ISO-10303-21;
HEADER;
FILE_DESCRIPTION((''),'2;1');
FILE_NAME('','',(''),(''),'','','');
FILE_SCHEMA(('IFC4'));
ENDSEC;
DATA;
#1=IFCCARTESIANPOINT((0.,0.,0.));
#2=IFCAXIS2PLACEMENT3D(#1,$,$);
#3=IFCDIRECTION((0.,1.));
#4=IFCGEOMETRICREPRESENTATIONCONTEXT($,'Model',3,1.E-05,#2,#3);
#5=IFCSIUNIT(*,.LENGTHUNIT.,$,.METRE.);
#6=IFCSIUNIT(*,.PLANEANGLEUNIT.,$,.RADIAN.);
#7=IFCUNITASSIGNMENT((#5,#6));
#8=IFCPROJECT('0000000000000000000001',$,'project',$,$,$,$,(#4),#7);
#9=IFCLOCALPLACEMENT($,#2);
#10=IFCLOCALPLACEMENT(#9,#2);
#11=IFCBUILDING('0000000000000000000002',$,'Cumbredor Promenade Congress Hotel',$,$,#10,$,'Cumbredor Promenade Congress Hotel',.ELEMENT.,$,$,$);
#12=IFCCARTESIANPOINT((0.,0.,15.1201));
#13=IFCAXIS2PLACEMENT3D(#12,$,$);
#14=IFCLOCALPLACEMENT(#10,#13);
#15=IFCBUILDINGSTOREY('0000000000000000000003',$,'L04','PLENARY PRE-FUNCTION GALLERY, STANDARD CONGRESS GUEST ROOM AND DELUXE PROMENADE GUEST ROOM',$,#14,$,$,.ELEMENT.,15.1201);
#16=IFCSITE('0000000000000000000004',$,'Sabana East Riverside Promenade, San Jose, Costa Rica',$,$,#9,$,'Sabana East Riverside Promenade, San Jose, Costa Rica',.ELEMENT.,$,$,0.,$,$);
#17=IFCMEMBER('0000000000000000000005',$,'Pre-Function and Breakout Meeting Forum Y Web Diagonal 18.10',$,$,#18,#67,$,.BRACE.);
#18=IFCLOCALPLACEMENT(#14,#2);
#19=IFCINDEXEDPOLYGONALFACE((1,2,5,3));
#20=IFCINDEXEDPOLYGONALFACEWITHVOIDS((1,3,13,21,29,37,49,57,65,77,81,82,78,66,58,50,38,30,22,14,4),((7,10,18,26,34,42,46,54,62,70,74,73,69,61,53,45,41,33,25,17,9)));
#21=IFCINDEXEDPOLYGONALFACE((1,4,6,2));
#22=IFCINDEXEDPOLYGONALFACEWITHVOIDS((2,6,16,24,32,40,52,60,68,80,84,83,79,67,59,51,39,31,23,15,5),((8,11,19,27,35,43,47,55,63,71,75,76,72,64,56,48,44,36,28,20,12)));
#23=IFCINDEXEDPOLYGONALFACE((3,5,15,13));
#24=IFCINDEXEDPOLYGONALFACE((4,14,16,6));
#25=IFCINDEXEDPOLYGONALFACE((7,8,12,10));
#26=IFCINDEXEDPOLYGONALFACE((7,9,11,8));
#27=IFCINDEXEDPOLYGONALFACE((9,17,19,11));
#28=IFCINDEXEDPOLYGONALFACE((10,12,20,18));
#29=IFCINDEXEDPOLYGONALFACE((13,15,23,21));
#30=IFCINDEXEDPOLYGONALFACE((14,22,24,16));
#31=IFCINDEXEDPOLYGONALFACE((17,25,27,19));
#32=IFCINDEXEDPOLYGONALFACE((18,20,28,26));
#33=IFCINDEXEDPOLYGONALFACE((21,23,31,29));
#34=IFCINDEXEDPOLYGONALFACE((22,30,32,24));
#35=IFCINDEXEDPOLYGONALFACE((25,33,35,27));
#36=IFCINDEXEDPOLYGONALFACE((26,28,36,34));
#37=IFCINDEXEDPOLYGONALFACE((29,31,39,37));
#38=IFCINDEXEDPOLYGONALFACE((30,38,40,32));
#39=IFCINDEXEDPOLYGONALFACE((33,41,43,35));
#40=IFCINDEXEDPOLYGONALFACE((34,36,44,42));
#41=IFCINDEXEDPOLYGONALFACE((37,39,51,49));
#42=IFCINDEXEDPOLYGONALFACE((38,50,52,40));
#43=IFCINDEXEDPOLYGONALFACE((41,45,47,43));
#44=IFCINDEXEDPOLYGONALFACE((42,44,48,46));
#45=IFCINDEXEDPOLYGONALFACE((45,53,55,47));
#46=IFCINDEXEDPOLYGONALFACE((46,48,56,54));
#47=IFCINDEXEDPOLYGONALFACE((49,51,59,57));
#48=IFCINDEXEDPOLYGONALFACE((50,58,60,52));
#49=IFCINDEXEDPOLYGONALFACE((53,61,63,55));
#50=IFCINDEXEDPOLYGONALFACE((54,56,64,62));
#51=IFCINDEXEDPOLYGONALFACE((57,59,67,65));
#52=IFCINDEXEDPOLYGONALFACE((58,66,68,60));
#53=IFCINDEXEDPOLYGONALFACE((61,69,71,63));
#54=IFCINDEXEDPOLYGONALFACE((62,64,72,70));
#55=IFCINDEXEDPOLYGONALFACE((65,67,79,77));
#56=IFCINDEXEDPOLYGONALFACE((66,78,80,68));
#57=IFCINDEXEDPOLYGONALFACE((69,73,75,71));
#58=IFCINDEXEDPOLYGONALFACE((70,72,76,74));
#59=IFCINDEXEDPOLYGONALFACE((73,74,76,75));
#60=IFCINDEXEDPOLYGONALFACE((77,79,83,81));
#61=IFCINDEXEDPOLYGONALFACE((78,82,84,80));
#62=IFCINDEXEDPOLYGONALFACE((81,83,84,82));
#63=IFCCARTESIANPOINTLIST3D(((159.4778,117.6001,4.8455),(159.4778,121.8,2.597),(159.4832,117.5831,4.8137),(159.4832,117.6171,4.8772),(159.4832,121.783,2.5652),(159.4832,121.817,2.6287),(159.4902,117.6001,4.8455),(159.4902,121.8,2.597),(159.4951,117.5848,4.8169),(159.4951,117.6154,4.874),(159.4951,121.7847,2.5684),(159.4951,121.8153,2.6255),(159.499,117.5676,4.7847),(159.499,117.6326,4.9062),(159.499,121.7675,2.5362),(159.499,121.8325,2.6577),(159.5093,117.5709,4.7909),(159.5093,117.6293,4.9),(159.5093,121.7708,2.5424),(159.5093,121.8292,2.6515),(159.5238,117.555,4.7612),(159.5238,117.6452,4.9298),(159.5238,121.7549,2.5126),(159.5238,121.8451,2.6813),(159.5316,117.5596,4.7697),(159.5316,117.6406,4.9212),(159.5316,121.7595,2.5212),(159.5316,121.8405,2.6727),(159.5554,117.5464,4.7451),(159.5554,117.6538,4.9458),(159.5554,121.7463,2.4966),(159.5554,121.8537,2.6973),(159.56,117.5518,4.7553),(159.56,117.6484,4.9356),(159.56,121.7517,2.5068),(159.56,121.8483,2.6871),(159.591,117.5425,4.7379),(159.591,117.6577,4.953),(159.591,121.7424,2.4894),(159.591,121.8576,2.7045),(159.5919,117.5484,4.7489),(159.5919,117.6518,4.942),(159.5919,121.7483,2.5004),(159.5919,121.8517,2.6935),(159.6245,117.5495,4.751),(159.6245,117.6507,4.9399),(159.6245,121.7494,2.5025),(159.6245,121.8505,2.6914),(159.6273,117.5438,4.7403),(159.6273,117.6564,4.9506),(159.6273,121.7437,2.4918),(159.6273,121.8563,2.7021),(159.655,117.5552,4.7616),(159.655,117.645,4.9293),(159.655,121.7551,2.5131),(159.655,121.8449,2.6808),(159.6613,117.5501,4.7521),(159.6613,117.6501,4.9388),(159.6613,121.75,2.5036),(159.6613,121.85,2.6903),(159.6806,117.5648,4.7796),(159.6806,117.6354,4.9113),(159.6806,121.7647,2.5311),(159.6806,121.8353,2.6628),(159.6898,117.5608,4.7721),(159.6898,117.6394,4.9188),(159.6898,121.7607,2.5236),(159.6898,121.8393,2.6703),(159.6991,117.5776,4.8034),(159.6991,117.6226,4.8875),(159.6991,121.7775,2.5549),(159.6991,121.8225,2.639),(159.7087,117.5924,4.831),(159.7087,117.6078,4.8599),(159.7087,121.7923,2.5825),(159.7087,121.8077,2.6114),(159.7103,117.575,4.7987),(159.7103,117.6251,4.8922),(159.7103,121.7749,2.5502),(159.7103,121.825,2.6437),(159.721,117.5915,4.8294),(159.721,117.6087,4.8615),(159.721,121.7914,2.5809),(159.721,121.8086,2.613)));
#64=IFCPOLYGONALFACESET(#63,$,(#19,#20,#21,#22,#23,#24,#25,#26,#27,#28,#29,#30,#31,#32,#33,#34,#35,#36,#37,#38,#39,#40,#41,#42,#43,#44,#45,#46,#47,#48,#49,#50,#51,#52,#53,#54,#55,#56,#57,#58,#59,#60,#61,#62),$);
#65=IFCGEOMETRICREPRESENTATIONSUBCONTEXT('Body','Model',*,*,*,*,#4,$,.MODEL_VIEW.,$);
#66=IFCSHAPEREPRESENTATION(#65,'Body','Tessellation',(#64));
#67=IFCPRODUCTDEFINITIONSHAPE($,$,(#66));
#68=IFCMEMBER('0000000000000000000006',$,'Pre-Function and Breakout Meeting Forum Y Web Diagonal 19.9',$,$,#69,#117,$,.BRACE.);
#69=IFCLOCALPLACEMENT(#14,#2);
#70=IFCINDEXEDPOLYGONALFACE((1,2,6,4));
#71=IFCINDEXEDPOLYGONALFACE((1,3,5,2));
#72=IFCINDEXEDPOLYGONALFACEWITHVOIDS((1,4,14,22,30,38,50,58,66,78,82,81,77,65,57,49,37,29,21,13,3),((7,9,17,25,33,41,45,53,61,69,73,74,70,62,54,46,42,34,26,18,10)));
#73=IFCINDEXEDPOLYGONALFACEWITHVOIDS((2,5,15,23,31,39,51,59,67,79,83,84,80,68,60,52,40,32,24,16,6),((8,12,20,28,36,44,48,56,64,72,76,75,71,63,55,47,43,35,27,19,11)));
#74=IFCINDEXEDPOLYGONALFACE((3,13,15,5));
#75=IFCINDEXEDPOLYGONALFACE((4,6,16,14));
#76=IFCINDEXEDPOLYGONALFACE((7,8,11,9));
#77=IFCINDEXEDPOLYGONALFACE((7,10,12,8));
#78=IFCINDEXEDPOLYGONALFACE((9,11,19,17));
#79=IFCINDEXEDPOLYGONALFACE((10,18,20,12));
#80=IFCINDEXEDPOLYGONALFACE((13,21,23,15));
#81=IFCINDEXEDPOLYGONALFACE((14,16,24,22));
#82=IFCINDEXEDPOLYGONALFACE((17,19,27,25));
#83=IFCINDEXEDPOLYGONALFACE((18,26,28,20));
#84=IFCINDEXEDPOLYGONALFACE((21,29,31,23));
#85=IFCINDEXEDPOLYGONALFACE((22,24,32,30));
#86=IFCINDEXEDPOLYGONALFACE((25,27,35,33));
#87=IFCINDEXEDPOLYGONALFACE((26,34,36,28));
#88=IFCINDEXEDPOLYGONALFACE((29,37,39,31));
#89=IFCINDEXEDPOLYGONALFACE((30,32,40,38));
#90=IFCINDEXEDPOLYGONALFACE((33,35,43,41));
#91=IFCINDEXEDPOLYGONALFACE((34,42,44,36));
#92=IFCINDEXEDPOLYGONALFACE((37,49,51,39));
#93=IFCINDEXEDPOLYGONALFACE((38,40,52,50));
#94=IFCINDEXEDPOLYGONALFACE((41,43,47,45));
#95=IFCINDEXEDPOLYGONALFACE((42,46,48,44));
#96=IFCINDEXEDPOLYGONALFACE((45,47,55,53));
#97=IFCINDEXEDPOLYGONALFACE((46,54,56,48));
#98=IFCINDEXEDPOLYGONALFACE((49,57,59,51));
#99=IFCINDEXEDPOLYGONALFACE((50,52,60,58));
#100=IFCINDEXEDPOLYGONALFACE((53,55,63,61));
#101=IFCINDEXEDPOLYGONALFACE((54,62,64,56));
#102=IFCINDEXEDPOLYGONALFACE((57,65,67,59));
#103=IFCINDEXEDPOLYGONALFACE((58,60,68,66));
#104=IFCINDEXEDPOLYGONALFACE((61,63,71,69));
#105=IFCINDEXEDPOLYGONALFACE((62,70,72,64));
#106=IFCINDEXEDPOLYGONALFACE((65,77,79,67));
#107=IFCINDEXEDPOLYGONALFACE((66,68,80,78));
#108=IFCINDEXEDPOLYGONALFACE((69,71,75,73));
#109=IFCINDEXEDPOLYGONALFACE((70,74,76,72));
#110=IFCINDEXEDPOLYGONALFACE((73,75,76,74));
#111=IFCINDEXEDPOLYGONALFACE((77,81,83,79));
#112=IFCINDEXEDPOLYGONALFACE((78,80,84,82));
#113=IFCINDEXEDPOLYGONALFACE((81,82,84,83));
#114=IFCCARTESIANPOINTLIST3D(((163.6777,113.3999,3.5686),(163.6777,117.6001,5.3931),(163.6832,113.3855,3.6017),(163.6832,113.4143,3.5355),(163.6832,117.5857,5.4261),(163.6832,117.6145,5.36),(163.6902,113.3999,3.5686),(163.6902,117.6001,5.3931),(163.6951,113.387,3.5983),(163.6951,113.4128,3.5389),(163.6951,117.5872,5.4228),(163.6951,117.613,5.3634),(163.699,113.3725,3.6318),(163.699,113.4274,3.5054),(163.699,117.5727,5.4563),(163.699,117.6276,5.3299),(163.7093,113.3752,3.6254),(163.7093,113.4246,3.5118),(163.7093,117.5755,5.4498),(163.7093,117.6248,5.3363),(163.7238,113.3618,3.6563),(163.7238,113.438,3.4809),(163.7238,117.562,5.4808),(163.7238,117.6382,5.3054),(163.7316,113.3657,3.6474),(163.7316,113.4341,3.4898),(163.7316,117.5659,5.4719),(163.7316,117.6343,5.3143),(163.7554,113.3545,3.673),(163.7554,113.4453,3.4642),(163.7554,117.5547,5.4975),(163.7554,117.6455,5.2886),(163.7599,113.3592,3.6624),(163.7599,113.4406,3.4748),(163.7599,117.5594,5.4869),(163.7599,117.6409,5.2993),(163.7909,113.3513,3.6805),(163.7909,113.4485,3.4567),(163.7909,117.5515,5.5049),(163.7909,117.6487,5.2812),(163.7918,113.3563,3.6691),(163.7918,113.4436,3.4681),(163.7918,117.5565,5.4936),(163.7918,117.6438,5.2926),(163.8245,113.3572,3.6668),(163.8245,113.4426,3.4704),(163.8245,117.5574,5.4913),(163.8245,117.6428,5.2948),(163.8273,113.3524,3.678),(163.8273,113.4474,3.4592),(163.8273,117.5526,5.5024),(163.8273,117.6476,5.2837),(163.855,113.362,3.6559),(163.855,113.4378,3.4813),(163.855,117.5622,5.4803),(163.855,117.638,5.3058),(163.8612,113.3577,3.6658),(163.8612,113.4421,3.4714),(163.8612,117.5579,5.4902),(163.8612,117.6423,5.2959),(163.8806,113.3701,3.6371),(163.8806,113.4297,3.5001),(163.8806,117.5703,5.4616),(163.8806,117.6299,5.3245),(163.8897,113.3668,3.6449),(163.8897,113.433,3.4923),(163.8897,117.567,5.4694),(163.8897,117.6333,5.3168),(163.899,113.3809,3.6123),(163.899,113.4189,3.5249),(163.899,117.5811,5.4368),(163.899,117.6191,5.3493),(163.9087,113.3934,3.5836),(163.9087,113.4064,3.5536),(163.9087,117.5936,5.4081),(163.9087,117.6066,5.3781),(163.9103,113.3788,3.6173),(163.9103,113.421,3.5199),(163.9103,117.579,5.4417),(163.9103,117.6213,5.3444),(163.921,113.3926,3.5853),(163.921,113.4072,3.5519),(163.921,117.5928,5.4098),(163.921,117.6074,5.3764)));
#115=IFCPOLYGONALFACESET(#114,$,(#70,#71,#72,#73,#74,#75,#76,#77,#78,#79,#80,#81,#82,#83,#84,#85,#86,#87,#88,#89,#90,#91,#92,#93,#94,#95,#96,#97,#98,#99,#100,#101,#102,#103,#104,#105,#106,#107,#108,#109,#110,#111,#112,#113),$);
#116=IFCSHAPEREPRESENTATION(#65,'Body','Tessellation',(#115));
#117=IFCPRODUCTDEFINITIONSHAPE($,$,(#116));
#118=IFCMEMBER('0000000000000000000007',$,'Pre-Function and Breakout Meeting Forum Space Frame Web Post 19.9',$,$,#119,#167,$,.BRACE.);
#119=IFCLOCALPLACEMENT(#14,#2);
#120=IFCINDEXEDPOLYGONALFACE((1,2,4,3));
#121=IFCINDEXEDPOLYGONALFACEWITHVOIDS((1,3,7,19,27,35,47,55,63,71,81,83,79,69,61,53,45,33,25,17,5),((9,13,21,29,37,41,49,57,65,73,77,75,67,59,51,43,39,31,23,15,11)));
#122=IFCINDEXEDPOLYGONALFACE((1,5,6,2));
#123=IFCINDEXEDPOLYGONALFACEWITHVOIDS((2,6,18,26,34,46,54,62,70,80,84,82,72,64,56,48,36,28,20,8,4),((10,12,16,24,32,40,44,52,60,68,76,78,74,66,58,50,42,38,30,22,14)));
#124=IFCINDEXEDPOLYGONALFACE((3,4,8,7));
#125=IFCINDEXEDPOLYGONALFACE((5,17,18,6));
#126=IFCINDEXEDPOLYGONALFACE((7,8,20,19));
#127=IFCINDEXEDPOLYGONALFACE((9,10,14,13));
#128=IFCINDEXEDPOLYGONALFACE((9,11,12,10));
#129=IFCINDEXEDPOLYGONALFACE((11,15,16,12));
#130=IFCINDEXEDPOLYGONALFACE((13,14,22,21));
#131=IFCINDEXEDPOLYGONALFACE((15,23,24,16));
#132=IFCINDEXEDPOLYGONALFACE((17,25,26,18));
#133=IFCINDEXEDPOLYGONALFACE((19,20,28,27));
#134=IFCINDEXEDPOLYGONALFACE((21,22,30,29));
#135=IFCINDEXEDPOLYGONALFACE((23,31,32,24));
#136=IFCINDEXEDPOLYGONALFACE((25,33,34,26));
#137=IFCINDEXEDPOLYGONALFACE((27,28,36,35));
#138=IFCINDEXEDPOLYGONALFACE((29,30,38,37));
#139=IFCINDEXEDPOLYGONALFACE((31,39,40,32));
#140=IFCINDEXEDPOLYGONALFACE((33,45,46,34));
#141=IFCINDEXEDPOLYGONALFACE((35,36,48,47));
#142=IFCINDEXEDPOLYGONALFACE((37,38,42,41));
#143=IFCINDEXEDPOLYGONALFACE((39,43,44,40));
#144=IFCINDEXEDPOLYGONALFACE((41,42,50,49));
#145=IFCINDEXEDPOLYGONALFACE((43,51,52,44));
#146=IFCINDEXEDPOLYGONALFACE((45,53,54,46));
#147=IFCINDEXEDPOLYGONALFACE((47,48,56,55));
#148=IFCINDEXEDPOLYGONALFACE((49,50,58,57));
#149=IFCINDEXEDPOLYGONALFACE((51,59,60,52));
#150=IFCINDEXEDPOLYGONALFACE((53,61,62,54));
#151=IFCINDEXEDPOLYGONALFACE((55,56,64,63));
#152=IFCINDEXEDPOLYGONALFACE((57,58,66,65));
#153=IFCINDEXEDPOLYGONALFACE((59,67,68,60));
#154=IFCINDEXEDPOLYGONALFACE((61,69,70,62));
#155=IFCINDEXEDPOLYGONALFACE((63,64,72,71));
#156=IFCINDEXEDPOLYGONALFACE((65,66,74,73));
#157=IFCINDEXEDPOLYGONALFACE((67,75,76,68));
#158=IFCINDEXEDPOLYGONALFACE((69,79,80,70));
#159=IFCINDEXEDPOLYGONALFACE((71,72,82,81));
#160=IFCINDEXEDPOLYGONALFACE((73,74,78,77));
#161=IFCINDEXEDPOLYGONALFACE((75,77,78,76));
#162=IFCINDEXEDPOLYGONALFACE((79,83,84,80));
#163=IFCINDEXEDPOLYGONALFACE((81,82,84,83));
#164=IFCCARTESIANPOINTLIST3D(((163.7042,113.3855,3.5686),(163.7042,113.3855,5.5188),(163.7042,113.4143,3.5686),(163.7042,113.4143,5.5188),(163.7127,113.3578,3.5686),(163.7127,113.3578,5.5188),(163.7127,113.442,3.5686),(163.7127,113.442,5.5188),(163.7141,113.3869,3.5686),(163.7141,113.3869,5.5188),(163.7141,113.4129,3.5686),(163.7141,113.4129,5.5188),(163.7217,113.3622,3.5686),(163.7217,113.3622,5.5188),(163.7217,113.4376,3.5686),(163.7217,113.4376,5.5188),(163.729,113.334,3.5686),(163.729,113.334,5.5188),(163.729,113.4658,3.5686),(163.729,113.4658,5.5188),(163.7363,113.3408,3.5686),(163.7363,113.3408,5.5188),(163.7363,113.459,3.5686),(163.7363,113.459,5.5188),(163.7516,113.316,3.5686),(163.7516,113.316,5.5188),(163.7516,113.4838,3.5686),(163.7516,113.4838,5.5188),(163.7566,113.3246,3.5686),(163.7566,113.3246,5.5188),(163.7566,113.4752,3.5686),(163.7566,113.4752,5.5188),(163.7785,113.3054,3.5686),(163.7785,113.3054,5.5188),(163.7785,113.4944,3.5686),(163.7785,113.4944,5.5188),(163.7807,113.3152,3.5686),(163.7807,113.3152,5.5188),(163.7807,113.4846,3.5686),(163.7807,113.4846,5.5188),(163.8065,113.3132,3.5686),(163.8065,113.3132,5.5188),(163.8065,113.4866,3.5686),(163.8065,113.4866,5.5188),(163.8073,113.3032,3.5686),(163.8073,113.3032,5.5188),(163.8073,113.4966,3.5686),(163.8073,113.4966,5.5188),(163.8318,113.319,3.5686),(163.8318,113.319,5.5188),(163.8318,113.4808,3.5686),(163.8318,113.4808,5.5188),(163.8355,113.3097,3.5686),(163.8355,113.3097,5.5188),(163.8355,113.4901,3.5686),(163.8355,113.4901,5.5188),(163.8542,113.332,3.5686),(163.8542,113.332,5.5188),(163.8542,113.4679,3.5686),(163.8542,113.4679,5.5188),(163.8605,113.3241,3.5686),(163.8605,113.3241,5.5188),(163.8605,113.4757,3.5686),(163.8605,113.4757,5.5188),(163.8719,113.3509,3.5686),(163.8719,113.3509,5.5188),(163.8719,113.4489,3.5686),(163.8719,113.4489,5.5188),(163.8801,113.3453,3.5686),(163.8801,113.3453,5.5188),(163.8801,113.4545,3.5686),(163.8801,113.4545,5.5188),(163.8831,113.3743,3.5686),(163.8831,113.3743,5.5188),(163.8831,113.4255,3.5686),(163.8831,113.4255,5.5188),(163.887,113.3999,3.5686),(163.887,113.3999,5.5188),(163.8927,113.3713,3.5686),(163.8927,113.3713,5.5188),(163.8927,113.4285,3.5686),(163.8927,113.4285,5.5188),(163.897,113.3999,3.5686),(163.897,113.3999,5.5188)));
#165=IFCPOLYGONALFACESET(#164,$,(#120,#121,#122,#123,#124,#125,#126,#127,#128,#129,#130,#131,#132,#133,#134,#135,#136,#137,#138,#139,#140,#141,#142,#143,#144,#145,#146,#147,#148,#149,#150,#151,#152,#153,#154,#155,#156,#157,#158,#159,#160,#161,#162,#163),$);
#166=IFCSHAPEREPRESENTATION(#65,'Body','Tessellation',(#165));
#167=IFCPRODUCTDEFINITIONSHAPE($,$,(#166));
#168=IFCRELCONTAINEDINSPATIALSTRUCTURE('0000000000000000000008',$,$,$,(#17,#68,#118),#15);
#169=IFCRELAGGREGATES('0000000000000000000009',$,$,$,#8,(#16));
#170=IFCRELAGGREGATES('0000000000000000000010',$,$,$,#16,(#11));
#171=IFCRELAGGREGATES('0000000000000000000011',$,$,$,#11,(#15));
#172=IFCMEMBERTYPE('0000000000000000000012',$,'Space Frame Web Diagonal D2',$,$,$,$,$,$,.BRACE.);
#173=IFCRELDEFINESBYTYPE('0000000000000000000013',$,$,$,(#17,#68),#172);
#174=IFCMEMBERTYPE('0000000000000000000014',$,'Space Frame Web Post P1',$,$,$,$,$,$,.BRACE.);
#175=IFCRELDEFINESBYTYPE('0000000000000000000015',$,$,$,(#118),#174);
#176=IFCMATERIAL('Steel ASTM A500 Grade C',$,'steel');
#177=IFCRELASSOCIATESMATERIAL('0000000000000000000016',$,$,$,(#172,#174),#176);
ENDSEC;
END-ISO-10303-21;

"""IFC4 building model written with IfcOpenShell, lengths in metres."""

from ifc_helpers import new_model, si_unit, direction, frame, origin, origin_2d, place, context, subcontext, project, spatial, hollow_circle, extrude, material, material_profile, profile_set, type_object, element, save


model = new_model("IFC4")

# Units and contexts
model_context = context("Model", 3, precision=1e-05, world=origin(), true_north=direction((0.0, 1.0)))
body_context = subcontext(model_context, "Body", "Model", "MODEL_VIEW")
ifc_project = project(units=[si_unit("LENGTHUNIT", "METRE"), si_unit("PLANEANGLEUNIT", "RADIAN")], contexts=[model_context])

# Site, building, storey
site_placement = place(None, origin())
site = spatial("IfcSite", under=ifc_project, at=site_placement, Name="Sabana East Riverside Promenade, San Jose, Costa Rica", LongName="Sabana East Riverside Promenade, San Jose, Costa Rica", CompositionType="ELEMENT", RefElevation=0.0)
building_placement = place(site_placement, origin())
building = spatial("IfcBuilding", under=site, at=building_placement, Name="Cumbredor Promenade Congress Hotel", LongName="Cumbredor Promenade Congress Hotel", CompositionType="ELEMENT")
storey_placement = place(building_placement, frame((0.0, 0.0, 15.1201)))
storey = spatial("IfcBuildingStorey", under=building, at=storey_placement, Name="L04", Description="PLENARY PRE-FUNCTION GALLERY, STANDARD CONGRESS GUEST ROOM AND DELUXE PROMENADE GUEST ROOM", CompositionType="ELEMENT", Elevation=15.1201)

# Members
ifc_material_1 = material(Name="Steel ASTM A500 Grade C", Category="steel")
ifc_material_profile_1 = material_profile(ifc_material_1, hollow_circle(Radius=0.1223, WallThickness=0.0125, at=origin_2d()), Name="CHS 244.5x12.5")
ifc_profile_set_1 = profile_set([ifc_material_profile_1], Name="Steel ASTM A500 Grade C")
member_type_1 = type_object("IfcMemberType", Name="Space Frame Web Diagonal D2", PredefinedType="BRACE", material=ifc_profile_set_1)
member_1_placement = place(storey_placement, frame((159.6001, 117.6001, 4.8455), z_axis=(0.0, 0.881606, -0.471987), x_axis=(-1.0, 0.0, 0.0)))
element("IfcMember", 1, at=member_1_placement, inside=storey, type_object=member_type_1, Name="Pre-Function and Breakout Meeting Forum Y Web Diagonal 18.10", PredefinedType="BRACE", context=body_context, shape_type="SweptSolid", body=[
    extrude(hollow_circle(Radius=0.1223, WallThickness=0.0125, at=origin_2d()), origin(), (0.0, 0.0, 1.0), 4.7639),
])
member_2_placement = place(storey_placement, frame((163.8, 113.3999, 3.5686), z_axis=(0.0, 0.917206, 0.398412), x_axis=(-1.0, 0.0, 0.0)))
element("IfcMember", 2, at=member_2_placement, inside=storey, type_object=member_type_1, Name="Pre-Function and Breakout Meeting Forum Y Web Diagonal 19.9", PredefinedType="BRACE", context=body_context, shape_type="SweptSolid", body=[
    extrude(hollow_circle(Radius=0.1223, WallThickness=0.0125, at=origin_2d()), origin(), (0.0, 0.0, 1.0), 4.5793),
])
ifc_material_profile_2 = material_profile(ifc_material_1, hollow_circle(Radius=0.0969, WallThickness=0.01, at=origin_2d()), Name="CHS 193.7x10")
ifc_profile_set_2 = profile_set([ifc_material_profile_2], Name="Steel ASTM A500 Grade C")
member_type_2 = type_object("IfcMemberType", Name="Space Frame Web Post P1", PredefinedType="BRACE", material=ifc_profile_set_2)
for number, where, z_axis, x_axis, name in (
    (3, (163.8, 113.3999, 3.5686), (0.0, 0.0, 1.0), (1.0, 0.0, 0.0), "Pre-Function and Breakout Meeting Forum Space Frame Web Post 19.9"),
):
    element("IfcMember", number, at=place(storey_placement, frame(where, z_axis=z_axis, x_axis=x_axis)), inside=storey, type_object=member_type_2, Name=name, PredefinedType="BRACE", context=body_context, shape_type="SweptSolid", body=[
        extrude(hollow_circle(Radius=0.0969, WallThickness=0.01, at=origin_2d()), origin(), (0.0, 0.0, 1.0), 1.9502),
    ])

save(model, "model.ifc")
